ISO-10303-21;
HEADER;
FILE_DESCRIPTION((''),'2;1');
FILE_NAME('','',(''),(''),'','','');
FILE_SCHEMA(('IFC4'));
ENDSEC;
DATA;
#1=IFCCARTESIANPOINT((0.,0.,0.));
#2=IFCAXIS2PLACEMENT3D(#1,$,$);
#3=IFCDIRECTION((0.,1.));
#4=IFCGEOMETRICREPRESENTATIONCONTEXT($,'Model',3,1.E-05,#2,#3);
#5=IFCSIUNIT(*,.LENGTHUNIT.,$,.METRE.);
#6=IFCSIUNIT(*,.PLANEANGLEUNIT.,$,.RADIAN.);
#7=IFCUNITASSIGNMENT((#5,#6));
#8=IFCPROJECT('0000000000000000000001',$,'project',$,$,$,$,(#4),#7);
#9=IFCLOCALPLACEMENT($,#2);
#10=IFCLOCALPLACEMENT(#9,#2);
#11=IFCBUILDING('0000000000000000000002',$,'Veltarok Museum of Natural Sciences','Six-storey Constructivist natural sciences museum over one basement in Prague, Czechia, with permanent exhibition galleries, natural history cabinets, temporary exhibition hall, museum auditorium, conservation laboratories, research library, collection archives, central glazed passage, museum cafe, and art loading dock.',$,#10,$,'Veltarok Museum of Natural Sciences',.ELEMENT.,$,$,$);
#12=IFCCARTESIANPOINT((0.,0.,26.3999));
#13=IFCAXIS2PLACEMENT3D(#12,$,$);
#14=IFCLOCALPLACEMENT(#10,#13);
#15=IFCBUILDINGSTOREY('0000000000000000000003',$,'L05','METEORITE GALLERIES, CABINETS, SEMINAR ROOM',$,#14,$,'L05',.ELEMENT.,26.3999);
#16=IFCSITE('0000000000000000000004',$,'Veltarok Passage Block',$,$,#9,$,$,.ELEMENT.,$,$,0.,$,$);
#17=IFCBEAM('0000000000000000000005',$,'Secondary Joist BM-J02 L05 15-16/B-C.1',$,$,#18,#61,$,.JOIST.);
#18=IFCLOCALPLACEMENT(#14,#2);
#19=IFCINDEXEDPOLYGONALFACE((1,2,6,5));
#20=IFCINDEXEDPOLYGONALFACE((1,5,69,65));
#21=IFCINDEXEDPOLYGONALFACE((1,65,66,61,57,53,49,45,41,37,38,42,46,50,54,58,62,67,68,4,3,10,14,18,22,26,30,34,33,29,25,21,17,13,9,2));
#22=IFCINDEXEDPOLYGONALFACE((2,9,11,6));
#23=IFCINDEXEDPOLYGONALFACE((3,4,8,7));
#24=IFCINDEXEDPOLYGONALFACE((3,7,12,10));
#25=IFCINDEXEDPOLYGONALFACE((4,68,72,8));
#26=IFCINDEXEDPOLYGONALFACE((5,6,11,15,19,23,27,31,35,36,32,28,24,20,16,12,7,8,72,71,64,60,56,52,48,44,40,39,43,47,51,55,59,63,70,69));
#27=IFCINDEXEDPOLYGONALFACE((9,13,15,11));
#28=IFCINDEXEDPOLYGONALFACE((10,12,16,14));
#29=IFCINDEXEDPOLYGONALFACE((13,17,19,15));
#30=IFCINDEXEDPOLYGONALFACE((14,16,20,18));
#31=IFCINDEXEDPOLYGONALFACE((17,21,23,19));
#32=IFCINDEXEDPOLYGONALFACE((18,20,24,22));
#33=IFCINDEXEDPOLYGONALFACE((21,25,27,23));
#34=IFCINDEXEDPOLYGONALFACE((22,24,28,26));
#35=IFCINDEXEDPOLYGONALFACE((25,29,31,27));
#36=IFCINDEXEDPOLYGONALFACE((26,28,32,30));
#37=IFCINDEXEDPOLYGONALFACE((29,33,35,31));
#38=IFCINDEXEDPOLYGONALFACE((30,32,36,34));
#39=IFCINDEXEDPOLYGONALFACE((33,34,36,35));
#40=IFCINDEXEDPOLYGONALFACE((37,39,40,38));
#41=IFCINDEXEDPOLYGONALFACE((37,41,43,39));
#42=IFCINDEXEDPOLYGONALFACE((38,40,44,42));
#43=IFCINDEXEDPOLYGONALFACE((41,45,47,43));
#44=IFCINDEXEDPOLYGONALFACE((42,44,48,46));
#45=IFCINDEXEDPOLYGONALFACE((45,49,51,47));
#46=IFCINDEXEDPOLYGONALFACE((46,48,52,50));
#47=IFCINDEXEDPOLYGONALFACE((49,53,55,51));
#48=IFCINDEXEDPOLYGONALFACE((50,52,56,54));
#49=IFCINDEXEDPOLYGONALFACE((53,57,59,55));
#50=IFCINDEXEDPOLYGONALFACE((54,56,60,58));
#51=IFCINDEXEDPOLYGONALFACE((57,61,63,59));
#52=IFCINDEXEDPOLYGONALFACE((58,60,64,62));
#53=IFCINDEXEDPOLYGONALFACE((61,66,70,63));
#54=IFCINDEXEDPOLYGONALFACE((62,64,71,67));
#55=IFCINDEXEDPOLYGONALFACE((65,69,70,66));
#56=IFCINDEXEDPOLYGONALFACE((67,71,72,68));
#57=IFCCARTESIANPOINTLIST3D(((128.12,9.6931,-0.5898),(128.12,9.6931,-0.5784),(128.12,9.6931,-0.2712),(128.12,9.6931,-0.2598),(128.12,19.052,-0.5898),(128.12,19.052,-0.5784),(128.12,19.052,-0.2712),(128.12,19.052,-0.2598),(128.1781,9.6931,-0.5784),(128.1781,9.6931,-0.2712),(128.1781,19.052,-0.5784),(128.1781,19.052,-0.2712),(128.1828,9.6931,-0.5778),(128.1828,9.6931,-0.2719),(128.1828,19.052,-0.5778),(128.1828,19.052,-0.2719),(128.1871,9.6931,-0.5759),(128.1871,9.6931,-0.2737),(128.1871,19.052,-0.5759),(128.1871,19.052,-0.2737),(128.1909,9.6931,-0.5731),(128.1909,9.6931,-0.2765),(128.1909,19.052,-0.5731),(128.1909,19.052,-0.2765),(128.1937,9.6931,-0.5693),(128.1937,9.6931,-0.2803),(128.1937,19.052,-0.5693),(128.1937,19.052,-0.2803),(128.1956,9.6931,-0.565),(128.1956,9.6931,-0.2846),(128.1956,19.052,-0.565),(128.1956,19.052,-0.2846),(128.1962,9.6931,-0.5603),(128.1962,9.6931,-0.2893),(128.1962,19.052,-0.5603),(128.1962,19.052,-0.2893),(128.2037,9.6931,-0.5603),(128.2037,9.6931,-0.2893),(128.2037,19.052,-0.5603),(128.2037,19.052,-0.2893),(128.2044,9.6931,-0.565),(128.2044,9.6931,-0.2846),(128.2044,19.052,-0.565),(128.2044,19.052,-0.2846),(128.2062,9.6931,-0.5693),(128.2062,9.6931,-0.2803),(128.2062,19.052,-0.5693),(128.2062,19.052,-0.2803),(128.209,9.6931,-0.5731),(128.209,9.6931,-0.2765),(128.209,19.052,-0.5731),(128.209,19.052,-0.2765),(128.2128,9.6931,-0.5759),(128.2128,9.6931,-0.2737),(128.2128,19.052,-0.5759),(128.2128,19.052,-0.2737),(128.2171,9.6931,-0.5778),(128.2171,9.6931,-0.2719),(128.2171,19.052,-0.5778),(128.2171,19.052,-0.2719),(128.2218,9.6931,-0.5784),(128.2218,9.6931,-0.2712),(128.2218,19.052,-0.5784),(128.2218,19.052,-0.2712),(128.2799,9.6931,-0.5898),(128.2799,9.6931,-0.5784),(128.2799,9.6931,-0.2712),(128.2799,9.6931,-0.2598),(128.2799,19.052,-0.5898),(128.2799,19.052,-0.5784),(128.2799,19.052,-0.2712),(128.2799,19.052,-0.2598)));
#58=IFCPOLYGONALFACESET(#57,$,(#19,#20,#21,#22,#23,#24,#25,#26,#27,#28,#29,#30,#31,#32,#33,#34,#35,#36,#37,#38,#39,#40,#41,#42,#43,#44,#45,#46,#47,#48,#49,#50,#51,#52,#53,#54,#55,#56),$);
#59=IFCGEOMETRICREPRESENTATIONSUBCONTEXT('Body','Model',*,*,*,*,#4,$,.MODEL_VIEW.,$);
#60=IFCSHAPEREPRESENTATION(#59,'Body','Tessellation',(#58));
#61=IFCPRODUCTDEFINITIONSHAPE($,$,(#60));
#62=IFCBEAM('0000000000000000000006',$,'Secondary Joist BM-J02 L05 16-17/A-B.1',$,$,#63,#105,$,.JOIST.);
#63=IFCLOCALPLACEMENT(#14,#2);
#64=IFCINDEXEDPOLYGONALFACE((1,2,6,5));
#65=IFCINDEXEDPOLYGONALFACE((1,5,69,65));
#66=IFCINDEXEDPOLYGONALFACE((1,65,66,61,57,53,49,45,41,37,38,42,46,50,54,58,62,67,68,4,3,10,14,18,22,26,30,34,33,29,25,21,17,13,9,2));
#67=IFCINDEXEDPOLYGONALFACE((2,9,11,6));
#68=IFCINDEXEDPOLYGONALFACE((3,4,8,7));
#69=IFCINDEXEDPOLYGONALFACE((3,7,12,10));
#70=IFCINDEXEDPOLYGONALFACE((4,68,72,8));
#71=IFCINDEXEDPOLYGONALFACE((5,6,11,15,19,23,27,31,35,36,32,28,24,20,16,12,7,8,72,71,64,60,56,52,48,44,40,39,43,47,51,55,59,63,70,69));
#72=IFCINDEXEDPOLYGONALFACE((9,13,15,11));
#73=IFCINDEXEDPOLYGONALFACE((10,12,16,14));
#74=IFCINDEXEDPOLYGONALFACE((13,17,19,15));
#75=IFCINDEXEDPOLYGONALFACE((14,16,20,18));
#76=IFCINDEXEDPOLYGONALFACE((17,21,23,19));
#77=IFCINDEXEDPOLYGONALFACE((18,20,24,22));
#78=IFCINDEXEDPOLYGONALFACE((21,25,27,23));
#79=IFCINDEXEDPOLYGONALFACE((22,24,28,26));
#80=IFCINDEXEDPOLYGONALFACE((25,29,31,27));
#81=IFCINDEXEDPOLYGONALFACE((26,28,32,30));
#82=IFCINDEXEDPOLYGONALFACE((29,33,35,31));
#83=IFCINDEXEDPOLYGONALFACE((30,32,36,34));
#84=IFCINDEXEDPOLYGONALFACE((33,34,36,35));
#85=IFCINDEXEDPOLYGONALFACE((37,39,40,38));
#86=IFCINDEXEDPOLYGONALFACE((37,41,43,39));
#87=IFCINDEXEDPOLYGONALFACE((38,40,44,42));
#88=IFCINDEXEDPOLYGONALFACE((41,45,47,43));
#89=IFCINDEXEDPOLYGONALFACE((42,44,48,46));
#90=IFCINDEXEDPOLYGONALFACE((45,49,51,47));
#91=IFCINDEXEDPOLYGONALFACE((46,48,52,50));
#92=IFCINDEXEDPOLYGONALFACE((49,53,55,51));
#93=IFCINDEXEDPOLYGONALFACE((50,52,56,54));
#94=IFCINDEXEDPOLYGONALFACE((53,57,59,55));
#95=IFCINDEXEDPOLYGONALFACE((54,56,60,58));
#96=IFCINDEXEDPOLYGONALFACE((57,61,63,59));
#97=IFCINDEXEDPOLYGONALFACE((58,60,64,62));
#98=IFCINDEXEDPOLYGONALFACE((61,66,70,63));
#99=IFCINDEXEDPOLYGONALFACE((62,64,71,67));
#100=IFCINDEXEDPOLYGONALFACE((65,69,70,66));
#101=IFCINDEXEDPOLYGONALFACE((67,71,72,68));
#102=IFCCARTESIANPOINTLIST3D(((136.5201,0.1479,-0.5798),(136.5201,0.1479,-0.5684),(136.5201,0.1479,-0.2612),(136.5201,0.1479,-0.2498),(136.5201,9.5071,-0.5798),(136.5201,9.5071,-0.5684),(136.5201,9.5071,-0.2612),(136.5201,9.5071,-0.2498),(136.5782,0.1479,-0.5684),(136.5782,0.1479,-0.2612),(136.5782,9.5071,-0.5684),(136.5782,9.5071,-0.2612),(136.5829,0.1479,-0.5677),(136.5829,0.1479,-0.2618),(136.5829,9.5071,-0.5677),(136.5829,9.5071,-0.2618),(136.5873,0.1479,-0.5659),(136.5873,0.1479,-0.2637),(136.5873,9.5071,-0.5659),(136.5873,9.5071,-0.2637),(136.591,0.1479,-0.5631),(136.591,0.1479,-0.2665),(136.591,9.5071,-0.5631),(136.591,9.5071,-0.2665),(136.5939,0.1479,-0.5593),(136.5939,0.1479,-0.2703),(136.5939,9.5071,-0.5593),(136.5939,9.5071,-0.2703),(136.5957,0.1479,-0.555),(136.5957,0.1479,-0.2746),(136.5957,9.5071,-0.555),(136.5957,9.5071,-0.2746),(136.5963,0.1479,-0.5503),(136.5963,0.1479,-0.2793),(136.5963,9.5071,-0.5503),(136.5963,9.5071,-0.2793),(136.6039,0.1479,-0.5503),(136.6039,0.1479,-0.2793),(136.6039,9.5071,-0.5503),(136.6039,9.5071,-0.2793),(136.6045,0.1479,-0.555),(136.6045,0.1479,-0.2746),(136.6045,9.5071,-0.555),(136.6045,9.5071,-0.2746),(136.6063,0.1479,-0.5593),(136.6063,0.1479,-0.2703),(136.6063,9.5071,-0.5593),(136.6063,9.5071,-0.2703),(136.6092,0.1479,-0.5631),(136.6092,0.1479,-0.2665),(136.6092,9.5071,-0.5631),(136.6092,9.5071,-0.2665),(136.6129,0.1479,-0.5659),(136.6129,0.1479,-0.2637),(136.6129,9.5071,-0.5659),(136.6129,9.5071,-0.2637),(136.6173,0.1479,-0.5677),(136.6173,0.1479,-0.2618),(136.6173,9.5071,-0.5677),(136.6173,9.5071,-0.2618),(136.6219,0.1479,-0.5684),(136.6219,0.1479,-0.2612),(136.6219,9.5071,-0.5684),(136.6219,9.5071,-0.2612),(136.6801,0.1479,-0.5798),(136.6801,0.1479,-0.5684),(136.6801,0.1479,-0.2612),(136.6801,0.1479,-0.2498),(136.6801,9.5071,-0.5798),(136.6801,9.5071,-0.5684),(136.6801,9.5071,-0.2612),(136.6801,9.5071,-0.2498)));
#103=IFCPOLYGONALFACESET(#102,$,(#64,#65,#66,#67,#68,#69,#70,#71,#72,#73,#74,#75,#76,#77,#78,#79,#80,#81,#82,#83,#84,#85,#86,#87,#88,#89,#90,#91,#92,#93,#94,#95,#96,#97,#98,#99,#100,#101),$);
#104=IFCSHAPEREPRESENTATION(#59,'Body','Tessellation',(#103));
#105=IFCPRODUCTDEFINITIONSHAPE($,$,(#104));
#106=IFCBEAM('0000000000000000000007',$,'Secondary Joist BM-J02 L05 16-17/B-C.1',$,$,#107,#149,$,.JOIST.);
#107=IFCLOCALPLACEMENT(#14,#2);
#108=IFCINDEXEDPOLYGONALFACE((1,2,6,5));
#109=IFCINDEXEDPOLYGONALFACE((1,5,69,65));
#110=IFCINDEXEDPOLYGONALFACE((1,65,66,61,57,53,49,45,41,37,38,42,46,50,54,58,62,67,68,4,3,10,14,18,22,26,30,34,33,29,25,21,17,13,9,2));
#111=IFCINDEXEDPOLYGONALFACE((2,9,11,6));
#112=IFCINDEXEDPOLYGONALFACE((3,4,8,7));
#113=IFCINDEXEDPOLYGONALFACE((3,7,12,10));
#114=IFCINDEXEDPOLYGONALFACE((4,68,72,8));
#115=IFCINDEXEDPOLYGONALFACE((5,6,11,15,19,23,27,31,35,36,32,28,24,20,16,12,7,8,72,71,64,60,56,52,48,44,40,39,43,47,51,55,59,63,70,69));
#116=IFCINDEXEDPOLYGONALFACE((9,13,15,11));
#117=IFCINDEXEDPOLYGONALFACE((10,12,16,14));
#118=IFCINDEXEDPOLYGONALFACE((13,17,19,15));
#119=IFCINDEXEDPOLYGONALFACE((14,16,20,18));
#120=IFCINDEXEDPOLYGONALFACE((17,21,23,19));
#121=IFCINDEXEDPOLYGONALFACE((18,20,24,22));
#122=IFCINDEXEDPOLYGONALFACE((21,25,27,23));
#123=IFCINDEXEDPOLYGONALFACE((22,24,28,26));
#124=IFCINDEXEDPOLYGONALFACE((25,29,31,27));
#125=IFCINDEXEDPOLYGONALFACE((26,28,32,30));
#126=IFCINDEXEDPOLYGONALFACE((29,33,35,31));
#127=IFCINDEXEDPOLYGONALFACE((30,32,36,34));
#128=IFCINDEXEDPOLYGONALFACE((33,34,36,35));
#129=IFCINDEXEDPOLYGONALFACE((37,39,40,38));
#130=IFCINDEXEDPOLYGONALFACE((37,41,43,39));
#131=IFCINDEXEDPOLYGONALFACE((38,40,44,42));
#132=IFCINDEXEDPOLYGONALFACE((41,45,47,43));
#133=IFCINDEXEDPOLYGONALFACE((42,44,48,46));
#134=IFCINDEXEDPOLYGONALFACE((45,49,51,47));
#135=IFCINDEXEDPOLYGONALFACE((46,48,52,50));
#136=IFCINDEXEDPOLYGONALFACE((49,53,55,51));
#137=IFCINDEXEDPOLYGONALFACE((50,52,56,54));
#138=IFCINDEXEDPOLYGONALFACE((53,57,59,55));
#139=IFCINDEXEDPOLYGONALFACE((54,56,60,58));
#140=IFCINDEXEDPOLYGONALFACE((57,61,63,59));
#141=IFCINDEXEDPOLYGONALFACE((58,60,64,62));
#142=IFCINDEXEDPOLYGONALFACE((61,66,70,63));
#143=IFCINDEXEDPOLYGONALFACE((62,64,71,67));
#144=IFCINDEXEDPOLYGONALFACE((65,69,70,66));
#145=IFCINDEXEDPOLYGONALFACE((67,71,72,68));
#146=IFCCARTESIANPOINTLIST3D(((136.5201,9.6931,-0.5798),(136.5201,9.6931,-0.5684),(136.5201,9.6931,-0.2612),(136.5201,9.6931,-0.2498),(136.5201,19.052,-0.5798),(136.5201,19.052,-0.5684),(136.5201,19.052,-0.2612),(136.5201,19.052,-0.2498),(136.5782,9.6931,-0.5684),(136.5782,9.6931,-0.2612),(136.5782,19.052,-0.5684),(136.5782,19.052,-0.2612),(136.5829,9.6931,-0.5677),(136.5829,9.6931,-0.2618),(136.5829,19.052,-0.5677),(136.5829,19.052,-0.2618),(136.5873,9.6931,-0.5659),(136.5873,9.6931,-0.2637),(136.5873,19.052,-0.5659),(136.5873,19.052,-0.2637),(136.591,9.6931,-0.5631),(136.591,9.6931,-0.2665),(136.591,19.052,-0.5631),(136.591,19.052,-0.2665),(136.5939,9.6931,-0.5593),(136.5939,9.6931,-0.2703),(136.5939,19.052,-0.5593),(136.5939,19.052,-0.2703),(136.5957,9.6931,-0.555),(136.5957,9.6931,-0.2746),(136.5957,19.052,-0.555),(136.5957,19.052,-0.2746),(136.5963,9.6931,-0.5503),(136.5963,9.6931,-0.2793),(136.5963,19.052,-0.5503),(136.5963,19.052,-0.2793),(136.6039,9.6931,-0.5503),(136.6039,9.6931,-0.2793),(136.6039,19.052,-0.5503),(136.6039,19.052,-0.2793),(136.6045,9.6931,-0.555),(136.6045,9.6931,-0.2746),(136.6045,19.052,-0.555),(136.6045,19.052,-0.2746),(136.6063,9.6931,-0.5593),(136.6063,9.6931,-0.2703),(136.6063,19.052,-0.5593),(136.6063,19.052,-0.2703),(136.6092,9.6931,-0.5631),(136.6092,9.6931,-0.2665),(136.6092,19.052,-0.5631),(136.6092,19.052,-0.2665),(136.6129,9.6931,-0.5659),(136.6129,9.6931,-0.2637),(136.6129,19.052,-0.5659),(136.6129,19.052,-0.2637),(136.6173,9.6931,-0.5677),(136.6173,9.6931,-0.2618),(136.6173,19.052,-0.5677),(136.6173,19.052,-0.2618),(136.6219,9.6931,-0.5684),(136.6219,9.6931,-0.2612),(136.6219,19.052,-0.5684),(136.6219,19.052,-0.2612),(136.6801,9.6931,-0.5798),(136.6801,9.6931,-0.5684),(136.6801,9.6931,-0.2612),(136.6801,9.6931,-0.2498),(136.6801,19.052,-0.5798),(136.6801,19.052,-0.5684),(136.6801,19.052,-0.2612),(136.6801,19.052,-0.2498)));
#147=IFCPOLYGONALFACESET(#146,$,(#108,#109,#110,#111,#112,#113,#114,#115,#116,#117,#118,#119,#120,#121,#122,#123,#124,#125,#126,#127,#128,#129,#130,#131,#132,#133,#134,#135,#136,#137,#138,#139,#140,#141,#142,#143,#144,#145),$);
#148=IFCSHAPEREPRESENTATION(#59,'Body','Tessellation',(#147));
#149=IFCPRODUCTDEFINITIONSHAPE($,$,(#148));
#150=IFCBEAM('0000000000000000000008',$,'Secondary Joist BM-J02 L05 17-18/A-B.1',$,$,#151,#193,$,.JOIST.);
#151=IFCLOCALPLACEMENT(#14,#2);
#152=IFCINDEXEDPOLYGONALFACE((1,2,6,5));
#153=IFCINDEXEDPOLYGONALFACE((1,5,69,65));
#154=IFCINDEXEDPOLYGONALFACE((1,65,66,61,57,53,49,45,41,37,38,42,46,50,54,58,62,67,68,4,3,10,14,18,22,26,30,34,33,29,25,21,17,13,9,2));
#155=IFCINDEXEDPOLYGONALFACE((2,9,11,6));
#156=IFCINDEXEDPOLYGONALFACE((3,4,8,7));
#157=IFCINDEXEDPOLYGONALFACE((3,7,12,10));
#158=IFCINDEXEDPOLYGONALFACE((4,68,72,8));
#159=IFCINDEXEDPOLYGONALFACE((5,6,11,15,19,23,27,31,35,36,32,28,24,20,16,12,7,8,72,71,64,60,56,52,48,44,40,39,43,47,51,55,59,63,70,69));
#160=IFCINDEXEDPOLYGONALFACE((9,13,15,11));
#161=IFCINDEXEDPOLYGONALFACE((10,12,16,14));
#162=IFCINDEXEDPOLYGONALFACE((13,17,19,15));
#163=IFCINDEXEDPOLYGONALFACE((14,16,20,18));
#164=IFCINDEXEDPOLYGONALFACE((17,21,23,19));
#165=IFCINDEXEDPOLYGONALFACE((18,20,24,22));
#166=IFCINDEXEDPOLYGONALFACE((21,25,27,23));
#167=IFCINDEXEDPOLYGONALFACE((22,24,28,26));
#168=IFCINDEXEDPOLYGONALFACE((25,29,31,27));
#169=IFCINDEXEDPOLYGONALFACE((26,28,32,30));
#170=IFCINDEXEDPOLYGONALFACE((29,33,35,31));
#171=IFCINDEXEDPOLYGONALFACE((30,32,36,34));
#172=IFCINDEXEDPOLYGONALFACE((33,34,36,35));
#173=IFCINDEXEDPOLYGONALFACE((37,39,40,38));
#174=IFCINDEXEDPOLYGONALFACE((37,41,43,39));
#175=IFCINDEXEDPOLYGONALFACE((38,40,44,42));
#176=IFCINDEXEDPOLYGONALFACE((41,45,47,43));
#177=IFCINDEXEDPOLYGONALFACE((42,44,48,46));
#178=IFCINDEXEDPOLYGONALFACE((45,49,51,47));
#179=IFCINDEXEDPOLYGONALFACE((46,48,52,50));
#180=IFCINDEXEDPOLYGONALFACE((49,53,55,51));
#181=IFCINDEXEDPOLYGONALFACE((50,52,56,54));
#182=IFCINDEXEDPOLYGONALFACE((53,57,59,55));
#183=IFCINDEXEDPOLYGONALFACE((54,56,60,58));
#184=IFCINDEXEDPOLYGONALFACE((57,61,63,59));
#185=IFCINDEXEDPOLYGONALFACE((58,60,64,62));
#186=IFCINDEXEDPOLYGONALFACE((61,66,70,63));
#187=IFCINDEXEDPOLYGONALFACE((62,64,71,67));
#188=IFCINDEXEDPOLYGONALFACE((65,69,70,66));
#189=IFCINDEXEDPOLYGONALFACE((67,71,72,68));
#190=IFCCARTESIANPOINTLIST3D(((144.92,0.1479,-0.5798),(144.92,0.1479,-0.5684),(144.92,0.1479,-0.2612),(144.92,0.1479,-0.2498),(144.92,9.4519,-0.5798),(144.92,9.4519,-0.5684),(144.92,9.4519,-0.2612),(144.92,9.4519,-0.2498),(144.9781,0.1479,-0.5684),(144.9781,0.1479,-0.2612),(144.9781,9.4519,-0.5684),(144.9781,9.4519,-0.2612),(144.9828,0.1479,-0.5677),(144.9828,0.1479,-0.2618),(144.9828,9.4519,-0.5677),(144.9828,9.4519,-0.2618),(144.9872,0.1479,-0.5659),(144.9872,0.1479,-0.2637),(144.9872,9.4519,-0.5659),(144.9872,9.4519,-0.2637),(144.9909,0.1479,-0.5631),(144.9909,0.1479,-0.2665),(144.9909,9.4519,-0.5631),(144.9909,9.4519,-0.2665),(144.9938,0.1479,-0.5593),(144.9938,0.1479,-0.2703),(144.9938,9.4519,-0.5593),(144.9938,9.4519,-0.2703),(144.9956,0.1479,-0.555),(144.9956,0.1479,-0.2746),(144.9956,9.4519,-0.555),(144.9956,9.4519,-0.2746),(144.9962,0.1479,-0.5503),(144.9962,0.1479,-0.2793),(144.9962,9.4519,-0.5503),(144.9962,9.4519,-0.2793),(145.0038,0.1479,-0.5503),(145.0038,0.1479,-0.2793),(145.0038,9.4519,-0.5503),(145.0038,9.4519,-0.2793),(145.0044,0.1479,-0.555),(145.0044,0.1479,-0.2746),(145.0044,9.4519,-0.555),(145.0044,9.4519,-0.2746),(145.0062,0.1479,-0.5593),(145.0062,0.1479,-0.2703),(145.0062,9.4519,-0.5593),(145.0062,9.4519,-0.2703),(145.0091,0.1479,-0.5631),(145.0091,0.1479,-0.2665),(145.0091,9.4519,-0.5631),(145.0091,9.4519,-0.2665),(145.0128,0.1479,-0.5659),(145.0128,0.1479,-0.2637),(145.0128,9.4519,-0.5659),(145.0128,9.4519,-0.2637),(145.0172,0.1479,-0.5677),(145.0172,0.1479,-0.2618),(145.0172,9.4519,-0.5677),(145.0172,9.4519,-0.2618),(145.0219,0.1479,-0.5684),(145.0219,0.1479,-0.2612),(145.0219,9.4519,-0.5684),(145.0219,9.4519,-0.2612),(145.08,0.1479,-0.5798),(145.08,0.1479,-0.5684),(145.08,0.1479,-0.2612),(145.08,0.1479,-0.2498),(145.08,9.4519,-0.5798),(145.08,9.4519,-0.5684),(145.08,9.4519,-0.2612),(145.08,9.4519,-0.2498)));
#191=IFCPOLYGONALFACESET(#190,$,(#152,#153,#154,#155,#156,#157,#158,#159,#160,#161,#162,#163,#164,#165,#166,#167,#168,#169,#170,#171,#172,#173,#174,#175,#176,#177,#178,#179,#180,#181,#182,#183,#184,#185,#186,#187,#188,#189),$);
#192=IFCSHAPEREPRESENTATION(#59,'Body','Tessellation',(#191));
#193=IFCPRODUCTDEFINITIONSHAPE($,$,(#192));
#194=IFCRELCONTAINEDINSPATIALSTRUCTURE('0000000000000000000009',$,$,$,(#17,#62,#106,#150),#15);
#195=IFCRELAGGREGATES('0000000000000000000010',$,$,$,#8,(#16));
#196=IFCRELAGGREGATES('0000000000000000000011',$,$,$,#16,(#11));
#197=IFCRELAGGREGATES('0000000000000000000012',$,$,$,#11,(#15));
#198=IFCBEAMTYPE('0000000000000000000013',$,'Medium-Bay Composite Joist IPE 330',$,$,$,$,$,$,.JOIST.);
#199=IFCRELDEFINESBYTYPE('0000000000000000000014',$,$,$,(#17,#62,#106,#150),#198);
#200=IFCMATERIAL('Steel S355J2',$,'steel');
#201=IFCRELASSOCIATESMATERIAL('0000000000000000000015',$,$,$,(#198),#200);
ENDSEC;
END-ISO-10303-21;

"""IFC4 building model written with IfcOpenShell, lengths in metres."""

from ifc_helpers import new_model, si_unit, direction, frame, origin, origin_2d, place, context, subcontext, project, spatial, i_section, extrude, material, material_profile, profile_set, type_object, element, save


model = new_model("IFC4")

# Units and contexts
model_context = context("Model", 3, precision=1e-05, world=origin(), true_north=direction((0.0, 1.0)))
body_context = subcontext(model_context, "Body", "Model", "MODEL_VIEW")
ifc_project = project(units=[si_unit("LENGTHUNIT", "METRE"), si_unit("PLANEANGLEUNIT", "RADIAN")], contexts=[model_context])

# Site, building, storey
site_placement = place(None, origin())
site = spatial("IfcSite", under=ifc_project, at=site_placement, Name="Veltarok Passage Block", CompositionType="ELEMENT", RefElevation=0.0)
building_placement = place(site_placement, origin())
building = spatial("IfcBuilding", under=site, at=building_placement, Name="Veltarok Museum of Natural Sciences", Description="Six-storey Constructivist natural sciences museum over one basement in Prague, Czechia, with permanent exhibition galleries, natural history cabinets, temporary exhibition hall, museum auditorium, conservation laboratories, research library, collection archives, central glazed passage, museum cafe, and art loading dock.", LongName="Veltarok Museum of Natural Sciences", CompositionType="ELEMENT")
storey_placement = place(building_placement, frame((0.0, 0.0, 26.3999)))
storey = spatial("IfcBuildingStorey", under=building, at=storey_placement, Name="L05", Description="METEORITE GALLERIES, CABINETS, SEMINAR ROOM", LongName="L05", CompositionType="ELEMENT", Elevation=26.3999)

# Beams
ifc_material_1 = material(Name="Steel S355J2", Category="steel")
ifc_material_profile_1 = material_profile(ifc_material_1, i_section(OverallWidth=0.1599, OverallDepth=0.3301, WebThickness=0.0076, FlangeThickness=0.0115, FilletRadius=0.0181, at=origin_2d()), Name="IPE 330")
ifc_profile_set_1 = profile_set([ifc_material_profile_1], Name="Steel S355J2")
beam_type_1 = type_object("IfcBeamType", Name="Medium-Bay Composite Joist IPE 330", PredefinedType="JOIST", material=ifc_profile_set_1)
beam_1_placement = place(storey_placement, frame((128.2, 9.6931, -0.4248), z_axis=(0.0, 1.0, 0.0), x_axis=(-1.0, 0.0, 0.0)))
element("IfcBeam", 1, at=beam_1_placement, inside=storey, type_object=beam_type_1, Name="Secondary Joist BM-J02 L05 15-16/B-C.1", PredefinedType="JOIST", context=body_context, shape_type="SweptSolid", body=[
    extrude(i_section(OverallWidth=0.1599, OverallDepth=0.3301, WebThickness=0.0076, FlangeThickness=0.0115, FilletRadius=0.0181, at=origin_2d()), origin(), (0.0, 0.0, 1.0), 9.3589),
])
beam_2_placement = place(storey_placement, frame((136.6001, 0.1479, -0.4148), z_axis=(0.0, 1.0, 0.0), x_axis=(-1.0, 0.0, 0.0)))
element("IfcBeam", 2, at=beam_2_placement, inside=storey, type_object=beam_type_1, Name="Secondary Joist BM-J02 L05 16-17/A-B.1", PredefinedType="JOIST", context=body_context, shape_type="SweptSolid", body=[
    extrude(i_section(OverallWidth=0.1599, OverallDepth=0.3301, WebThickness=0.0076, FlangeThickness=0.0115, FilletRadius=0.0181, at=origin_2d()), origin(), (0.0, 0.0, 1.0), 9.3591),
])
beam_3_placement = place(storey_placement, frame((136.6001, 9.6931, -0.4148), z_axis=(0.0, 1.0, 0.0), x_axis=(-1.0, 0.0, 0.0)))
element("IfcBeam", 3, at=beam_3_placement, inside=storey, type_object=beam_type_1, Name="Secondary Joist BM-J02 L05 16-17/B-C.1", PredefinedType="JOIST", context=body_context, shape_type="SweptSolid", body=[
    extrude(i_section(OverallWidth=0.1599, OverallDepth=0.3301, WebThickness=0.0076, FlangeThickness=0.0115, FilletRadius=0.0181, at=origin_2d()), origin(), (0.0, 0.0, 1.0), 9.3589),
])
for number, where, z_axis, x_axis, name in (
    (4, (145.0, 0.1479, -0.4148), (0.0, 1.0, 0.0), (-1.0, 0.0, 0.0), "Secondary Joist BM-J02 L05 17-18/A-B.1"),
):
    element("IfcBeam", number, at=place(storey_placement, frame(where, z_axis=z_axis, x_axis=x_axis)), inside=storey, type_object=beam_type_1, Name=name, PredefinedType="JOIST", context=body_context, shape_type="SweptSolid", body=[
        extrude(i_section(OverallWidth=0.1599, OverallDepth=0.3301, WebThickness=0.0076, FlangeThickness=0.0115, FilletRadius=0.0181, at=origin_2d()), origin(), (0.0, 0.0, 1.0), 9.304),
    ])

save(model, "model.ifc")
